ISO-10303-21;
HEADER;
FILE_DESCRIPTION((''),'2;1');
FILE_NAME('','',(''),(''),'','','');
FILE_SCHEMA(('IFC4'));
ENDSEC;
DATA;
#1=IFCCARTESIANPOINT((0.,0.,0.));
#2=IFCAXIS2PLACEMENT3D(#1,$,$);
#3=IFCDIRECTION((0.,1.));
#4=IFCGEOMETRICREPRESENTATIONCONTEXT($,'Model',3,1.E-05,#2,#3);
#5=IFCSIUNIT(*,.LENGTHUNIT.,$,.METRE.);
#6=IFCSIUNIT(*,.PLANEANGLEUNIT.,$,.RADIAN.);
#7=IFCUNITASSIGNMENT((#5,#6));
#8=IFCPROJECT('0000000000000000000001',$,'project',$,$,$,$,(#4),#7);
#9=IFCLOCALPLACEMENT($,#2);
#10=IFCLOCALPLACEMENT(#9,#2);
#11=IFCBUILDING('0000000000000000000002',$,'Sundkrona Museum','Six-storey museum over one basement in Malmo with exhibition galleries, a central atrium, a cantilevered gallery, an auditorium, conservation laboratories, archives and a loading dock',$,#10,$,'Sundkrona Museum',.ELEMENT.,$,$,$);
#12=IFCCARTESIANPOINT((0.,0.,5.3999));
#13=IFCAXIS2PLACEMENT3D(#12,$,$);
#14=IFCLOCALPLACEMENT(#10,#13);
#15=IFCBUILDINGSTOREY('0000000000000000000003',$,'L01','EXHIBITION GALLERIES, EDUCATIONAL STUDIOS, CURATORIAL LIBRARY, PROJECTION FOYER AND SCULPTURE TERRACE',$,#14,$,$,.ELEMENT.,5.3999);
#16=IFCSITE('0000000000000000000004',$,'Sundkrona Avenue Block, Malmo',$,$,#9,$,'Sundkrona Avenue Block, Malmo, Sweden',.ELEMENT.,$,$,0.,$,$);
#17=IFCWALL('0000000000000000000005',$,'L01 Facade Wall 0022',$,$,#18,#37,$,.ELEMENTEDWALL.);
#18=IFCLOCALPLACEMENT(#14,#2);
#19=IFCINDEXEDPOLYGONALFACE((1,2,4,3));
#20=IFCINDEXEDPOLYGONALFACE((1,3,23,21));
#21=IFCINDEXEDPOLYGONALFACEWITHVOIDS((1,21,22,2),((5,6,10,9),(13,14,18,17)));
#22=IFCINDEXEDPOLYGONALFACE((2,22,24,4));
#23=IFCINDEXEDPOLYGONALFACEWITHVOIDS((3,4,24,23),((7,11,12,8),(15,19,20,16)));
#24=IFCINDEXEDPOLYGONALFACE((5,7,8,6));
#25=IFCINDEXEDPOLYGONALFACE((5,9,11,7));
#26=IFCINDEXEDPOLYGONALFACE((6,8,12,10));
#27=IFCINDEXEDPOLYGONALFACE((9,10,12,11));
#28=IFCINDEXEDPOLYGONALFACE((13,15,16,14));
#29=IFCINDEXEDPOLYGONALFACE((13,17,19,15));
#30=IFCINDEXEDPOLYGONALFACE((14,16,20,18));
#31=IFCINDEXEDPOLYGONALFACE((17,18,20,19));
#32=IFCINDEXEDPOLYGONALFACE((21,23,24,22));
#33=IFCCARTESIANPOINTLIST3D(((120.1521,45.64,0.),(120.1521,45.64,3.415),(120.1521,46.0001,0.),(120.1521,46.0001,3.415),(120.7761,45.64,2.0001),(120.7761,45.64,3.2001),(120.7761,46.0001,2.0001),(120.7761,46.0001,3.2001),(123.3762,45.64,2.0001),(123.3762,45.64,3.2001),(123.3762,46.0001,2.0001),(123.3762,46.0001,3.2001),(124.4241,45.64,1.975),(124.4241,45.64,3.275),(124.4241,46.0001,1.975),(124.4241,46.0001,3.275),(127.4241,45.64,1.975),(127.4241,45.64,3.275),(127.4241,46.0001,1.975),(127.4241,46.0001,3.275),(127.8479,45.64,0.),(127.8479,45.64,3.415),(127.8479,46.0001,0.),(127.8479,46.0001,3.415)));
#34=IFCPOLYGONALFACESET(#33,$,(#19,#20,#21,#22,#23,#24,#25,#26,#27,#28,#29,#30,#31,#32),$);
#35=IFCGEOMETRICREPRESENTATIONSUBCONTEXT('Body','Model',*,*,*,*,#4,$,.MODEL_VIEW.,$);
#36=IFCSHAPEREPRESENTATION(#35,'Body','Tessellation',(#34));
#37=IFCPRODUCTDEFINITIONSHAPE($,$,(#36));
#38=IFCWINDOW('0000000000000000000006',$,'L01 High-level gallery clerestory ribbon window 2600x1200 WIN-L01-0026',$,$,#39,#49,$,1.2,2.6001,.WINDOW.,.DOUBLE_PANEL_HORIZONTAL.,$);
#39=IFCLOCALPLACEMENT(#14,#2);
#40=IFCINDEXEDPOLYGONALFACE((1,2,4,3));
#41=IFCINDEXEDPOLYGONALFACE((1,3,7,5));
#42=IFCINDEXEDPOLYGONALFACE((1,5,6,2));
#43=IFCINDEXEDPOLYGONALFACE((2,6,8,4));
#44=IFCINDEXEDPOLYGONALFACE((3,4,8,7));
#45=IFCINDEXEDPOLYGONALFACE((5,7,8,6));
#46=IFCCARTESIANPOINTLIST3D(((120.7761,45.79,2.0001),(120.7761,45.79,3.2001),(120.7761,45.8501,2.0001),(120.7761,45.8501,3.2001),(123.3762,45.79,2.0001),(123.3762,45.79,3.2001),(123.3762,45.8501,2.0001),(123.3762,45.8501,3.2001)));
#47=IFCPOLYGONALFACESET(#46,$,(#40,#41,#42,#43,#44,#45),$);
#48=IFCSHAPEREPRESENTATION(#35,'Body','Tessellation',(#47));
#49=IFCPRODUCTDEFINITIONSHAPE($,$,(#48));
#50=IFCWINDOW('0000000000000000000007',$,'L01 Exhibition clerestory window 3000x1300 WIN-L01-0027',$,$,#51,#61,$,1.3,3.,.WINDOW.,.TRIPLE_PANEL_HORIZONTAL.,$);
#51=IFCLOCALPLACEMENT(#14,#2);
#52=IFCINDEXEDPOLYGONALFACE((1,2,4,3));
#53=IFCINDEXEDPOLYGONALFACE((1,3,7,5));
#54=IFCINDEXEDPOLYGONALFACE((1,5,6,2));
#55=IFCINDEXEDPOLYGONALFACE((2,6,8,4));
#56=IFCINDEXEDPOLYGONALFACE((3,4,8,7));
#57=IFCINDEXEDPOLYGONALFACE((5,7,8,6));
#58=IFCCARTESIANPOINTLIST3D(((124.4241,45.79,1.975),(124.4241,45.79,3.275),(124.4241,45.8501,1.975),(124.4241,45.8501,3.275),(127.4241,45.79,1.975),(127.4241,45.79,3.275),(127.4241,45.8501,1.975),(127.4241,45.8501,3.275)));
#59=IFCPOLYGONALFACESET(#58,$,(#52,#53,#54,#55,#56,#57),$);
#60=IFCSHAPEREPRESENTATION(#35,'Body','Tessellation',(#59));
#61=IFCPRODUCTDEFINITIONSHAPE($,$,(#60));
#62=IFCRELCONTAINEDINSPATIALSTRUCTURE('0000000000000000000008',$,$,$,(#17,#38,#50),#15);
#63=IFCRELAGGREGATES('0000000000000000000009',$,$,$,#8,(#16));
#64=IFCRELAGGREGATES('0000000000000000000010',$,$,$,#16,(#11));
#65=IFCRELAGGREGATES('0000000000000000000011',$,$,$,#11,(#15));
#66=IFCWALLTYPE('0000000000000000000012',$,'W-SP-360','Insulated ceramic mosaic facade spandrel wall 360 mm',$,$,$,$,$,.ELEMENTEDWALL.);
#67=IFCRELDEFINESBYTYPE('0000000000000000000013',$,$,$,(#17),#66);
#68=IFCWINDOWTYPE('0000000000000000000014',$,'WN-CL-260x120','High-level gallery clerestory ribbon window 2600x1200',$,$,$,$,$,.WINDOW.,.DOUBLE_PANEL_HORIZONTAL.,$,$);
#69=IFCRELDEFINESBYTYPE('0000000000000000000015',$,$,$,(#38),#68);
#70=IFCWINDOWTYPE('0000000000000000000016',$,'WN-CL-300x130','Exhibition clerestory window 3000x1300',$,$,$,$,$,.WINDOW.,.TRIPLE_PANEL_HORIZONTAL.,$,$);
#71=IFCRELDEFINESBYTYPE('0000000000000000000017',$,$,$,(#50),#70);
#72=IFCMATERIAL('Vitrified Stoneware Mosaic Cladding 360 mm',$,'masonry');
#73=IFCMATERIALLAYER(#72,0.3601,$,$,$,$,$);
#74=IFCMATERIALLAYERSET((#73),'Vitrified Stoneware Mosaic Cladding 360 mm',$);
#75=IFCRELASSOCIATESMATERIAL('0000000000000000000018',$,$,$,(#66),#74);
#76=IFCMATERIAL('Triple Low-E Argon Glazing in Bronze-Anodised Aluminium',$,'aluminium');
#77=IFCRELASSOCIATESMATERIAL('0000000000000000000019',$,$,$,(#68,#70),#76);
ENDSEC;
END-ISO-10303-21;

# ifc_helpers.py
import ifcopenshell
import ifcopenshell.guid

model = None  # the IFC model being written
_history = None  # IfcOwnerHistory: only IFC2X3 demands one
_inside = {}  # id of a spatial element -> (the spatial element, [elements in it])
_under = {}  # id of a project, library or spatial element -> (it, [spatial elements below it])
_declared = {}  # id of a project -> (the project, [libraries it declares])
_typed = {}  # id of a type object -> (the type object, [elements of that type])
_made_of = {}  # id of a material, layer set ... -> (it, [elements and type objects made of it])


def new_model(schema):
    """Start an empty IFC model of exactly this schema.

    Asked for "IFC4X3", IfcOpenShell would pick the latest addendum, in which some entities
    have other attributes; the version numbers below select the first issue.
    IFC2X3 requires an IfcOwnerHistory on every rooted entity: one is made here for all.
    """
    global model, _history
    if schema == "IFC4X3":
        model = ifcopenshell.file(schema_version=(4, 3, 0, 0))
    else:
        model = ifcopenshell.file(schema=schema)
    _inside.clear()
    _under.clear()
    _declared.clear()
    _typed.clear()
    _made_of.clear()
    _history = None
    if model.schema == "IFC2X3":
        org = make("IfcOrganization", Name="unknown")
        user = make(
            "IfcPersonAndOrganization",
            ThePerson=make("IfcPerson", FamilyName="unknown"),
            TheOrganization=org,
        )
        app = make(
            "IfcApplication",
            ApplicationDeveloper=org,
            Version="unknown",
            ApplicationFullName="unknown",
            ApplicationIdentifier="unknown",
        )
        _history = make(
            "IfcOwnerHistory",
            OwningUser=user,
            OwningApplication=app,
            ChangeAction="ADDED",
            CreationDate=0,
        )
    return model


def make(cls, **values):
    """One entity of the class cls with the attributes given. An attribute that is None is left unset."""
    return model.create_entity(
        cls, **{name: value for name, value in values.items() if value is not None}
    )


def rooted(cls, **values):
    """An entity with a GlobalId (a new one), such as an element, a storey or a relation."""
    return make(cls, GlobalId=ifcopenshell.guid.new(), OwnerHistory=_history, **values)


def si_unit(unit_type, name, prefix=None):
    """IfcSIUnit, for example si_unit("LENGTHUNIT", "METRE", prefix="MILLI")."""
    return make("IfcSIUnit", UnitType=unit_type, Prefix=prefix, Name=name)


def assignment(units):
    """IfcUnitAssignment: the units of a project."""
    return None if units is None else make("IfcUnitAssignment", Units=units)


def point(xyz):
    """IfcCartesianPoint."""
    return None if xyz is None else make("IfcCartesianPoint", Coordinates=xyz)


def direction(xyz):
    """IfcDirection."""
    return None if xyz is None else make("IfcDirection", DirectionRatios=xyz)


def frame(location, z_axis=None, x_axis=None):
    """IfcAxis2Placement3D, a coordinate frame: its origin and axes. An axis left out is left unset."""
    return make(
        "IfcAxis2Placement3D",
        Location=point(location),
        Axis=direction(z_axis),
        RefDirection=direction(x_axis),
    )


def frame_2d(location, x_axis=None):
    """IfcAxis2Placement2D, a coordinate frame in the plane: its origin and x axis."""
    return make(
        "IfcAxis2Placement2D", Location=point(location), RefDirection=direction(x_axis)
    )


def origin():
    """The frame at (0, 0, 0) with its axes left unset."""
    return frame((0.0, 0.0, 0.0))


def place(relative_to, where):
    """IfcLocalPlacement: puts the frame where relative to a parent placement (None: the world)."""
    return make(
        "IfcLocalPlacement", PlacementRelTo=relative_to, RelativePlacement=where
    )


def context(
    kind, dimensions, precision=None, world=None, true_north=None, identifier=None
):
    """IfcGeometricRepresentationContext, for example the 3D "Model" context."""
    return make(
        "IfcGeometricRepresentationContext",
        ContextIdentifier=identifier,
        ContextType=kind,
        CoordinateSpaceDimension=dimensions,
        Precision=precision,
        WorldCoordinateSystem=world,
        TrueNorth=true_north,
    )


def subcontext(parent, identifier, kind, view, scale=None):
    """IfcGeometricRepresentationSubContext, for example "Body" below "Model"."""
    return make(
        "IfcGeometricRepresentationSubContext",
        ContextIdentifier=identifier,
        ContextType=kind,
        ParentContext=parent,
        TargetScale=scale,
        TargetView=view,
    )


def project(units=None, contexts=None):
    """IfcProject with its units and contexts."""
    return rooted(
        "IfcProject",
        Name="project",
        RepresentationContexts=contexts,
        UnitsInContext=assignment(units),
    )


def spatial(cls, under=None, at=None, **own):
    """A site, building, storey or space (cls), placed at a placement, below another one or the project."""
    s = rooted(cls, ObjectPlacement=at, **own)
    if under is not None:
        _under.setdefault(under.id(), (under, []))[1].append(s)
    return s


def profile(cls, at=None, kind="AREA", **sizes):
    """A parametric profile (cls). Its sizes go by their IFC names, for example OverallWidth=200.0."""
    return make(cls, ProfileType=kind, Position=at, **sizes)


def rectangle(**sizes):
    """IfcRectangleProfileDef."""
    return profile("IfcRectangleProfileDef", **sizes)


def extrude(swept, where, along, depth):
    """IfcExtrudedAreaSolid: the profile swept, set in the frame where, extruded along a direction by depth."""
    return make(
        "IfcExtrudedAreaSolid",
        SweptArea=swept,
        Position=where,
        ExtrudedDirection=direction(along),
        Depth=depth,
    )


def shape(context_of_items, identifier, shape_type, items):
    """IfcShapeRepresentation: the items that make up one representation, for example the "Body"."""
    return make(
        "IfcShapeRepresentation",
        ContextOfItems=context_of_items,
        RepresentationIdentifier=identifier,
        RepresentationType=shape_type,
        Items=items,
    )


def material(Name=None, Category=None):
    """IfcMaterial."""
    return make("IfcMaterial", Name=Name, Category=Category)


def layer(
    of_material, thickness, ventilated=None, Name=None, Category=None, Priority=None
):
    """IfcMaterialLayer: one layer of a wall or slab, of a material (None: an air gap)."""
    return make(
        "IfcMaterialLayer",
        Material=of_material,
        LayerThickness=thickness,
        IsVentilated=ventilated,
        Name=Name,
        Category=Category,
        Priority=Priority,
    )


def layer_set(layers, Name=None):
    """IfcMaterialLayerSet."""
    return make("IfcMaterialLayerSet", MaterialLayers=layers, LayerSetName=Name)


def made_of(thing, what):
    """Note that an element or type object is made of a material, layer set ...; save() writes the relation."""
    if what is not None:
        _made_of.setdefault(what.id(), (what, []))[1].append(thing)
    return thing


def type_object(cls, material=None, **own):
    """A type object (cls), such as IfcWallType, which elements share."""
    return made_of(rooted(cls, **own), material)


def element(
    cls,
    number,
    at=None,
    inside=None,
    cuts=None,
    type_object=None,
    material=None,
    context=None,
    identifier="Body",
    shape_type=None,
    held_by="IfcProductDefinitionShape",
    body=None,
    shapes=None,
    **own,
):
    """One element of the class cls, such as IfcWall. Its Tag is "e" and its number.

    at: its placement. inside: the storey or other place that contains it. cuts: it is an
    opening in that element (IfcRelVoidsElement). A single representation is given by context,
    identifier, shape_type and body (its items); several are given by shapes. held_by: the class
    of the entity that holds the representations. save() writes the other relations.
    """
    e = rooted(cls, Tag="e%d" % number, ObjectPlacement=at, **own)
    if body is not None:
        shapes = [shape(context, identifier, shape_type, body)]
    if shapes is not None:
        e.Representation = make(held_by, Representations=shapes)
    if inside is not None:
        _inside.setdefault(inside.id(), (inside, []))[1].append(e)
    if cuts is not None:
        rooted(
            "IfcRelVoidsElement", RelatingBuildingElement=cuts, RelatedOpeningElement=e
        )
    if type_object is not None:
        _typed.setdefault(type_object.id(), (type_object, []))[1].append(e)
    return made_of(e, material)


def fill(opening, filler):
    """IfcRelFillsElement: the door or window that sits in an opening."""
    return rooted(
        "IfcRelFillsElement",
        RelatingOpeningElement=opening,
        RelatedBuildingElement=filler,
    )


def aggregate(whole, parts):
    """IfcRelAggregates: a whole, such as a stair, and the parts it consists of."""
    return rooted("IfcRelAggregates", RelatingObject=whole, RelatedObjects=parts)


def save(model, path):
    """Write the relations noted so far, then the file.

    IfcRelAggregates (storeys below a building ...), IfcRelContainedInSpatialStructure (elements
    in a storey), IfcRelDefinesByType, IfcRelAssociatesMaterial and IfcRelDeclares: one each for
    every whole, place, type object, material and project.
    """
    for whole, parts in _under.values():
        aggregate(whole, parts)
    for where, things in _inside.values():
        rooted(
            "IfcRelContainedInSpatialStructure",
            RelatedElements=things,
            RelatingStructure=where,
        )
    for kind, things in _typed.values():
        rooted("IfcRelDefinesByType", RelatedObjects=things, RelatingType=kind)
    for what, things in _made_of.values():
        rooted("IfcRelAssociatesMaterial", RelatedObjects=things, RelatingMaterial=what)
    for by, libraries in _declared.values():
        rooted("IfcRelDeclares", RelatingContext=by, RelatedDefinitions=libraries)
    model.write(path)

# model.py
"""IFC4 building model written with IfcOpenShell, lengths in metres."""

from ifc_helpers import new_model, si_unit, direction, frame, frame_2d, origin, place, context, subcontext, project, spatial, rectangle, extrude, material, layer, layer_set, type_object, element, fill, save


model = new_model("IFC4")

# Units and contexts
model_context = context("Model", 3, precision=1e-05, world=origin(), true_north=direction((0.0, 1.0)))
body_context = subcontext(model_context, "Body", "Model", "MODEL_VIEW")
ifc_project = project(units=[si_unit("LENGTHUNIT", "METRE"), si_unit("PLANEANGLEUNIT", "RADIAN")], contexts=[model_context])

# Site, building, storey
site_placement = place(None, origin())
site = spatial("IfcSite", under=ifc_project, at=site_placement, Name="Sundkrona Avenue Block, Malmo", LongName="Sundkrona Avenue Block, Malmo, Sweden", CompositionType="ELEMENT", RefElevation=0.0)
building_placement = place(site_placement, origin())
building = spatial("IfcBuilding", under=site, at=building_placement, Name="Sundkrona Museum", Description="Six-storey museum over one basement in Malmo with exhibition galleries, a central atrium, a cantilevered gallery, an auditorium, conservation laboratories, archives and a loading dock", LongName="Sundkrona Museum", CompositionType="ELEMENT")
storey_placement = place(building_placement, frame((0.0, 0.0, 5.3999)))
storey = spatial("IfcBuildingStorey", under=building, at=storey_placement, Name="L01", Description="EXHIBITION GALLERIES, EDUCATIONAL STUDIOS, CURATORIAL LIBRARY, PROJECTION FOYER AND SCULPTURE TERRACE", CompositionType="ELEMENT", Elevation=5.3999)

# Shared definitions
ifc_material_1 = material(Name="Triple Low-E Argon Glazing in Bronze-Anodised Aluminium", Category="aluminium")

# Wall, openings, windows
ifc_material_2 = material(Name="Vitrified Stoneware Mosaic Cladding 360 mm", Category="masonry")
ifc_layer_1 = layer(ifc_material_2, 0.3601)
ifc_layer_set_1 = layer_set([ifc_layer_1], Name="Vitrified Stoneware Mosaic Cladding 360 mm")
wall_type_1 = type_object("IfcWallType", Name="W-SP-360", Description="Insulated ceramic mosaic facade spandrel wall 360 mm", PredefinedType="ELEMENTEDWALL", material=ifc_layer_set_1)
wall_1_placement = place(storey_placement, frame((120.1521, 45.8201, 0.0), z_axis=(0.0, 0.0, 1.0), x_axis=(1.0, 0.0, 0.0)))
wall_1 = element("IfcWall", 1, at=wall_1_placement, inside=storey, type_object=wall_type_1, Name="L01 Facade Wall 0022", PredefinedType="ELEMENTEDWALL", context=body_context, shape_type="SweptSolid", body=[
    extrude(rectangle(XDim=7.6958, YDim=0.3601, at=frame_2d((3.8479, 0.0))), origin(), (0.0, 0.0, 1.0), 3.415),
])
opening_1_placement = place(wall_1_placement, frame((0.624, 0.0, 2.0)))
opening_1 = element("IfcOpeningElement", 2, at=opening_1_placement, cuts=wall_1, PredefinedType="OPENING", context=body_context, shape_type="SweptSolid", body=[
    extrude(rectangle(XDim=2.6001, YDim=1.2, at=frame_2d((1.3, 0.6001))), frame((0.0, 0.1899, 0.0), z_axis=(0.0, -1.0, 0.0), x_axis=(1.0, 0.0, 0.0)), (0.0, 0.0, 1.0), 0.3801),
])
opening_2_placement = place(wall_1_placement, frame((4.272, 0.0, 1.9751)))
opening_2 = element("IfcOpeningElement", 3, at=opening_2_placement, cuts=wall_1, PredefinedType="OPENING", context=body_context, shape_type="SweptSolid", body=[
    extrude(rectangle(XDim=3.0, YDim=1.3, at=frame_2d((1.5, 0.6499))), frame((0.0, 0.1899, 0.0), z_axis=(0.0, -1.0, 0.0), x_axis=(1.0, 0.0, 0.0)), (0.0, 0.0, 1.0), 0.3801),
])
window_type_1 = type_object("IfcWindowType", Name="WN-CL-260x120", Description="High-level gallery clerestory ribbon window 2600x1200", PartitioningType="DOUBLE_PANEL_HORIZONTAL", PredefinedType="WINDOW", material=ifc_material_1)
window_1_placement = place(opening_1_placement, origin())
window_1 = element("IfcWindow", 4, at=window_1_placement, inside=storey, type_object=window_type_1, Name="L01 High-level gallery clerestory ribbon window 2600x1200 WIN-L01-0026", OverallHeight=1.2, OverallWidth=2.6001, PartitioningType="DOUBLE_PANEL_HORIZONTAL", PredefinedType="WINDOW", context=body_context, shape_type="SweptSolid", body=[
    extrude(rectangle(XDim=2.6001, YDim=1.2, at=frame_2d((1.3, 0.6001))), frame((0.0, 0.03, 0.0), z_axis=(0.0, -1.0, 0.0), x_axis=(1.0, 0.0, 0.0)), (0.0, 0.0, 1.0), 0.0601),
])
fill(opening_1, window_1)
window_type_2 = type_object("IfcWindowType", Name="WN-CL-300x130", Description="Exhibition clerestory window 3000x1300", PartitioningType="TRIPLE_PANEL_HORIZONTAL", PredefinedType="WINDOW", material=ifc_material_1)
window_2_placement = place(opening_2_placement, origin())
window_2 = element("IfcWindow", 5, at=window_2_placement, inside=storey, type_object=window_type_2, Name="L01 Exhibition clerestory window 3000x1300 WIN-L01-0027", OverallHeight=1.3, OverallWidth=3.0, PartitioningType="TRIPLE_PANEL_HORIZONTAL", PredefinedType="WINDOW", context=body_context, shape_type="SweptSolid", body=[
    extrude(rectangle(XDim=3.0, YDim=1.3, at=frame_2d((1.5, 0.6499))), frame((0.0, 0.03, 0.0), z_axis=(0.0, -1.0, 0.0), x_axis=(1.0, 0.0, 0.0)), (0.0, 0.0, 1.0), 0.0601),
])
fill(opening_2, window_2)

save(model, "model.ifc")
